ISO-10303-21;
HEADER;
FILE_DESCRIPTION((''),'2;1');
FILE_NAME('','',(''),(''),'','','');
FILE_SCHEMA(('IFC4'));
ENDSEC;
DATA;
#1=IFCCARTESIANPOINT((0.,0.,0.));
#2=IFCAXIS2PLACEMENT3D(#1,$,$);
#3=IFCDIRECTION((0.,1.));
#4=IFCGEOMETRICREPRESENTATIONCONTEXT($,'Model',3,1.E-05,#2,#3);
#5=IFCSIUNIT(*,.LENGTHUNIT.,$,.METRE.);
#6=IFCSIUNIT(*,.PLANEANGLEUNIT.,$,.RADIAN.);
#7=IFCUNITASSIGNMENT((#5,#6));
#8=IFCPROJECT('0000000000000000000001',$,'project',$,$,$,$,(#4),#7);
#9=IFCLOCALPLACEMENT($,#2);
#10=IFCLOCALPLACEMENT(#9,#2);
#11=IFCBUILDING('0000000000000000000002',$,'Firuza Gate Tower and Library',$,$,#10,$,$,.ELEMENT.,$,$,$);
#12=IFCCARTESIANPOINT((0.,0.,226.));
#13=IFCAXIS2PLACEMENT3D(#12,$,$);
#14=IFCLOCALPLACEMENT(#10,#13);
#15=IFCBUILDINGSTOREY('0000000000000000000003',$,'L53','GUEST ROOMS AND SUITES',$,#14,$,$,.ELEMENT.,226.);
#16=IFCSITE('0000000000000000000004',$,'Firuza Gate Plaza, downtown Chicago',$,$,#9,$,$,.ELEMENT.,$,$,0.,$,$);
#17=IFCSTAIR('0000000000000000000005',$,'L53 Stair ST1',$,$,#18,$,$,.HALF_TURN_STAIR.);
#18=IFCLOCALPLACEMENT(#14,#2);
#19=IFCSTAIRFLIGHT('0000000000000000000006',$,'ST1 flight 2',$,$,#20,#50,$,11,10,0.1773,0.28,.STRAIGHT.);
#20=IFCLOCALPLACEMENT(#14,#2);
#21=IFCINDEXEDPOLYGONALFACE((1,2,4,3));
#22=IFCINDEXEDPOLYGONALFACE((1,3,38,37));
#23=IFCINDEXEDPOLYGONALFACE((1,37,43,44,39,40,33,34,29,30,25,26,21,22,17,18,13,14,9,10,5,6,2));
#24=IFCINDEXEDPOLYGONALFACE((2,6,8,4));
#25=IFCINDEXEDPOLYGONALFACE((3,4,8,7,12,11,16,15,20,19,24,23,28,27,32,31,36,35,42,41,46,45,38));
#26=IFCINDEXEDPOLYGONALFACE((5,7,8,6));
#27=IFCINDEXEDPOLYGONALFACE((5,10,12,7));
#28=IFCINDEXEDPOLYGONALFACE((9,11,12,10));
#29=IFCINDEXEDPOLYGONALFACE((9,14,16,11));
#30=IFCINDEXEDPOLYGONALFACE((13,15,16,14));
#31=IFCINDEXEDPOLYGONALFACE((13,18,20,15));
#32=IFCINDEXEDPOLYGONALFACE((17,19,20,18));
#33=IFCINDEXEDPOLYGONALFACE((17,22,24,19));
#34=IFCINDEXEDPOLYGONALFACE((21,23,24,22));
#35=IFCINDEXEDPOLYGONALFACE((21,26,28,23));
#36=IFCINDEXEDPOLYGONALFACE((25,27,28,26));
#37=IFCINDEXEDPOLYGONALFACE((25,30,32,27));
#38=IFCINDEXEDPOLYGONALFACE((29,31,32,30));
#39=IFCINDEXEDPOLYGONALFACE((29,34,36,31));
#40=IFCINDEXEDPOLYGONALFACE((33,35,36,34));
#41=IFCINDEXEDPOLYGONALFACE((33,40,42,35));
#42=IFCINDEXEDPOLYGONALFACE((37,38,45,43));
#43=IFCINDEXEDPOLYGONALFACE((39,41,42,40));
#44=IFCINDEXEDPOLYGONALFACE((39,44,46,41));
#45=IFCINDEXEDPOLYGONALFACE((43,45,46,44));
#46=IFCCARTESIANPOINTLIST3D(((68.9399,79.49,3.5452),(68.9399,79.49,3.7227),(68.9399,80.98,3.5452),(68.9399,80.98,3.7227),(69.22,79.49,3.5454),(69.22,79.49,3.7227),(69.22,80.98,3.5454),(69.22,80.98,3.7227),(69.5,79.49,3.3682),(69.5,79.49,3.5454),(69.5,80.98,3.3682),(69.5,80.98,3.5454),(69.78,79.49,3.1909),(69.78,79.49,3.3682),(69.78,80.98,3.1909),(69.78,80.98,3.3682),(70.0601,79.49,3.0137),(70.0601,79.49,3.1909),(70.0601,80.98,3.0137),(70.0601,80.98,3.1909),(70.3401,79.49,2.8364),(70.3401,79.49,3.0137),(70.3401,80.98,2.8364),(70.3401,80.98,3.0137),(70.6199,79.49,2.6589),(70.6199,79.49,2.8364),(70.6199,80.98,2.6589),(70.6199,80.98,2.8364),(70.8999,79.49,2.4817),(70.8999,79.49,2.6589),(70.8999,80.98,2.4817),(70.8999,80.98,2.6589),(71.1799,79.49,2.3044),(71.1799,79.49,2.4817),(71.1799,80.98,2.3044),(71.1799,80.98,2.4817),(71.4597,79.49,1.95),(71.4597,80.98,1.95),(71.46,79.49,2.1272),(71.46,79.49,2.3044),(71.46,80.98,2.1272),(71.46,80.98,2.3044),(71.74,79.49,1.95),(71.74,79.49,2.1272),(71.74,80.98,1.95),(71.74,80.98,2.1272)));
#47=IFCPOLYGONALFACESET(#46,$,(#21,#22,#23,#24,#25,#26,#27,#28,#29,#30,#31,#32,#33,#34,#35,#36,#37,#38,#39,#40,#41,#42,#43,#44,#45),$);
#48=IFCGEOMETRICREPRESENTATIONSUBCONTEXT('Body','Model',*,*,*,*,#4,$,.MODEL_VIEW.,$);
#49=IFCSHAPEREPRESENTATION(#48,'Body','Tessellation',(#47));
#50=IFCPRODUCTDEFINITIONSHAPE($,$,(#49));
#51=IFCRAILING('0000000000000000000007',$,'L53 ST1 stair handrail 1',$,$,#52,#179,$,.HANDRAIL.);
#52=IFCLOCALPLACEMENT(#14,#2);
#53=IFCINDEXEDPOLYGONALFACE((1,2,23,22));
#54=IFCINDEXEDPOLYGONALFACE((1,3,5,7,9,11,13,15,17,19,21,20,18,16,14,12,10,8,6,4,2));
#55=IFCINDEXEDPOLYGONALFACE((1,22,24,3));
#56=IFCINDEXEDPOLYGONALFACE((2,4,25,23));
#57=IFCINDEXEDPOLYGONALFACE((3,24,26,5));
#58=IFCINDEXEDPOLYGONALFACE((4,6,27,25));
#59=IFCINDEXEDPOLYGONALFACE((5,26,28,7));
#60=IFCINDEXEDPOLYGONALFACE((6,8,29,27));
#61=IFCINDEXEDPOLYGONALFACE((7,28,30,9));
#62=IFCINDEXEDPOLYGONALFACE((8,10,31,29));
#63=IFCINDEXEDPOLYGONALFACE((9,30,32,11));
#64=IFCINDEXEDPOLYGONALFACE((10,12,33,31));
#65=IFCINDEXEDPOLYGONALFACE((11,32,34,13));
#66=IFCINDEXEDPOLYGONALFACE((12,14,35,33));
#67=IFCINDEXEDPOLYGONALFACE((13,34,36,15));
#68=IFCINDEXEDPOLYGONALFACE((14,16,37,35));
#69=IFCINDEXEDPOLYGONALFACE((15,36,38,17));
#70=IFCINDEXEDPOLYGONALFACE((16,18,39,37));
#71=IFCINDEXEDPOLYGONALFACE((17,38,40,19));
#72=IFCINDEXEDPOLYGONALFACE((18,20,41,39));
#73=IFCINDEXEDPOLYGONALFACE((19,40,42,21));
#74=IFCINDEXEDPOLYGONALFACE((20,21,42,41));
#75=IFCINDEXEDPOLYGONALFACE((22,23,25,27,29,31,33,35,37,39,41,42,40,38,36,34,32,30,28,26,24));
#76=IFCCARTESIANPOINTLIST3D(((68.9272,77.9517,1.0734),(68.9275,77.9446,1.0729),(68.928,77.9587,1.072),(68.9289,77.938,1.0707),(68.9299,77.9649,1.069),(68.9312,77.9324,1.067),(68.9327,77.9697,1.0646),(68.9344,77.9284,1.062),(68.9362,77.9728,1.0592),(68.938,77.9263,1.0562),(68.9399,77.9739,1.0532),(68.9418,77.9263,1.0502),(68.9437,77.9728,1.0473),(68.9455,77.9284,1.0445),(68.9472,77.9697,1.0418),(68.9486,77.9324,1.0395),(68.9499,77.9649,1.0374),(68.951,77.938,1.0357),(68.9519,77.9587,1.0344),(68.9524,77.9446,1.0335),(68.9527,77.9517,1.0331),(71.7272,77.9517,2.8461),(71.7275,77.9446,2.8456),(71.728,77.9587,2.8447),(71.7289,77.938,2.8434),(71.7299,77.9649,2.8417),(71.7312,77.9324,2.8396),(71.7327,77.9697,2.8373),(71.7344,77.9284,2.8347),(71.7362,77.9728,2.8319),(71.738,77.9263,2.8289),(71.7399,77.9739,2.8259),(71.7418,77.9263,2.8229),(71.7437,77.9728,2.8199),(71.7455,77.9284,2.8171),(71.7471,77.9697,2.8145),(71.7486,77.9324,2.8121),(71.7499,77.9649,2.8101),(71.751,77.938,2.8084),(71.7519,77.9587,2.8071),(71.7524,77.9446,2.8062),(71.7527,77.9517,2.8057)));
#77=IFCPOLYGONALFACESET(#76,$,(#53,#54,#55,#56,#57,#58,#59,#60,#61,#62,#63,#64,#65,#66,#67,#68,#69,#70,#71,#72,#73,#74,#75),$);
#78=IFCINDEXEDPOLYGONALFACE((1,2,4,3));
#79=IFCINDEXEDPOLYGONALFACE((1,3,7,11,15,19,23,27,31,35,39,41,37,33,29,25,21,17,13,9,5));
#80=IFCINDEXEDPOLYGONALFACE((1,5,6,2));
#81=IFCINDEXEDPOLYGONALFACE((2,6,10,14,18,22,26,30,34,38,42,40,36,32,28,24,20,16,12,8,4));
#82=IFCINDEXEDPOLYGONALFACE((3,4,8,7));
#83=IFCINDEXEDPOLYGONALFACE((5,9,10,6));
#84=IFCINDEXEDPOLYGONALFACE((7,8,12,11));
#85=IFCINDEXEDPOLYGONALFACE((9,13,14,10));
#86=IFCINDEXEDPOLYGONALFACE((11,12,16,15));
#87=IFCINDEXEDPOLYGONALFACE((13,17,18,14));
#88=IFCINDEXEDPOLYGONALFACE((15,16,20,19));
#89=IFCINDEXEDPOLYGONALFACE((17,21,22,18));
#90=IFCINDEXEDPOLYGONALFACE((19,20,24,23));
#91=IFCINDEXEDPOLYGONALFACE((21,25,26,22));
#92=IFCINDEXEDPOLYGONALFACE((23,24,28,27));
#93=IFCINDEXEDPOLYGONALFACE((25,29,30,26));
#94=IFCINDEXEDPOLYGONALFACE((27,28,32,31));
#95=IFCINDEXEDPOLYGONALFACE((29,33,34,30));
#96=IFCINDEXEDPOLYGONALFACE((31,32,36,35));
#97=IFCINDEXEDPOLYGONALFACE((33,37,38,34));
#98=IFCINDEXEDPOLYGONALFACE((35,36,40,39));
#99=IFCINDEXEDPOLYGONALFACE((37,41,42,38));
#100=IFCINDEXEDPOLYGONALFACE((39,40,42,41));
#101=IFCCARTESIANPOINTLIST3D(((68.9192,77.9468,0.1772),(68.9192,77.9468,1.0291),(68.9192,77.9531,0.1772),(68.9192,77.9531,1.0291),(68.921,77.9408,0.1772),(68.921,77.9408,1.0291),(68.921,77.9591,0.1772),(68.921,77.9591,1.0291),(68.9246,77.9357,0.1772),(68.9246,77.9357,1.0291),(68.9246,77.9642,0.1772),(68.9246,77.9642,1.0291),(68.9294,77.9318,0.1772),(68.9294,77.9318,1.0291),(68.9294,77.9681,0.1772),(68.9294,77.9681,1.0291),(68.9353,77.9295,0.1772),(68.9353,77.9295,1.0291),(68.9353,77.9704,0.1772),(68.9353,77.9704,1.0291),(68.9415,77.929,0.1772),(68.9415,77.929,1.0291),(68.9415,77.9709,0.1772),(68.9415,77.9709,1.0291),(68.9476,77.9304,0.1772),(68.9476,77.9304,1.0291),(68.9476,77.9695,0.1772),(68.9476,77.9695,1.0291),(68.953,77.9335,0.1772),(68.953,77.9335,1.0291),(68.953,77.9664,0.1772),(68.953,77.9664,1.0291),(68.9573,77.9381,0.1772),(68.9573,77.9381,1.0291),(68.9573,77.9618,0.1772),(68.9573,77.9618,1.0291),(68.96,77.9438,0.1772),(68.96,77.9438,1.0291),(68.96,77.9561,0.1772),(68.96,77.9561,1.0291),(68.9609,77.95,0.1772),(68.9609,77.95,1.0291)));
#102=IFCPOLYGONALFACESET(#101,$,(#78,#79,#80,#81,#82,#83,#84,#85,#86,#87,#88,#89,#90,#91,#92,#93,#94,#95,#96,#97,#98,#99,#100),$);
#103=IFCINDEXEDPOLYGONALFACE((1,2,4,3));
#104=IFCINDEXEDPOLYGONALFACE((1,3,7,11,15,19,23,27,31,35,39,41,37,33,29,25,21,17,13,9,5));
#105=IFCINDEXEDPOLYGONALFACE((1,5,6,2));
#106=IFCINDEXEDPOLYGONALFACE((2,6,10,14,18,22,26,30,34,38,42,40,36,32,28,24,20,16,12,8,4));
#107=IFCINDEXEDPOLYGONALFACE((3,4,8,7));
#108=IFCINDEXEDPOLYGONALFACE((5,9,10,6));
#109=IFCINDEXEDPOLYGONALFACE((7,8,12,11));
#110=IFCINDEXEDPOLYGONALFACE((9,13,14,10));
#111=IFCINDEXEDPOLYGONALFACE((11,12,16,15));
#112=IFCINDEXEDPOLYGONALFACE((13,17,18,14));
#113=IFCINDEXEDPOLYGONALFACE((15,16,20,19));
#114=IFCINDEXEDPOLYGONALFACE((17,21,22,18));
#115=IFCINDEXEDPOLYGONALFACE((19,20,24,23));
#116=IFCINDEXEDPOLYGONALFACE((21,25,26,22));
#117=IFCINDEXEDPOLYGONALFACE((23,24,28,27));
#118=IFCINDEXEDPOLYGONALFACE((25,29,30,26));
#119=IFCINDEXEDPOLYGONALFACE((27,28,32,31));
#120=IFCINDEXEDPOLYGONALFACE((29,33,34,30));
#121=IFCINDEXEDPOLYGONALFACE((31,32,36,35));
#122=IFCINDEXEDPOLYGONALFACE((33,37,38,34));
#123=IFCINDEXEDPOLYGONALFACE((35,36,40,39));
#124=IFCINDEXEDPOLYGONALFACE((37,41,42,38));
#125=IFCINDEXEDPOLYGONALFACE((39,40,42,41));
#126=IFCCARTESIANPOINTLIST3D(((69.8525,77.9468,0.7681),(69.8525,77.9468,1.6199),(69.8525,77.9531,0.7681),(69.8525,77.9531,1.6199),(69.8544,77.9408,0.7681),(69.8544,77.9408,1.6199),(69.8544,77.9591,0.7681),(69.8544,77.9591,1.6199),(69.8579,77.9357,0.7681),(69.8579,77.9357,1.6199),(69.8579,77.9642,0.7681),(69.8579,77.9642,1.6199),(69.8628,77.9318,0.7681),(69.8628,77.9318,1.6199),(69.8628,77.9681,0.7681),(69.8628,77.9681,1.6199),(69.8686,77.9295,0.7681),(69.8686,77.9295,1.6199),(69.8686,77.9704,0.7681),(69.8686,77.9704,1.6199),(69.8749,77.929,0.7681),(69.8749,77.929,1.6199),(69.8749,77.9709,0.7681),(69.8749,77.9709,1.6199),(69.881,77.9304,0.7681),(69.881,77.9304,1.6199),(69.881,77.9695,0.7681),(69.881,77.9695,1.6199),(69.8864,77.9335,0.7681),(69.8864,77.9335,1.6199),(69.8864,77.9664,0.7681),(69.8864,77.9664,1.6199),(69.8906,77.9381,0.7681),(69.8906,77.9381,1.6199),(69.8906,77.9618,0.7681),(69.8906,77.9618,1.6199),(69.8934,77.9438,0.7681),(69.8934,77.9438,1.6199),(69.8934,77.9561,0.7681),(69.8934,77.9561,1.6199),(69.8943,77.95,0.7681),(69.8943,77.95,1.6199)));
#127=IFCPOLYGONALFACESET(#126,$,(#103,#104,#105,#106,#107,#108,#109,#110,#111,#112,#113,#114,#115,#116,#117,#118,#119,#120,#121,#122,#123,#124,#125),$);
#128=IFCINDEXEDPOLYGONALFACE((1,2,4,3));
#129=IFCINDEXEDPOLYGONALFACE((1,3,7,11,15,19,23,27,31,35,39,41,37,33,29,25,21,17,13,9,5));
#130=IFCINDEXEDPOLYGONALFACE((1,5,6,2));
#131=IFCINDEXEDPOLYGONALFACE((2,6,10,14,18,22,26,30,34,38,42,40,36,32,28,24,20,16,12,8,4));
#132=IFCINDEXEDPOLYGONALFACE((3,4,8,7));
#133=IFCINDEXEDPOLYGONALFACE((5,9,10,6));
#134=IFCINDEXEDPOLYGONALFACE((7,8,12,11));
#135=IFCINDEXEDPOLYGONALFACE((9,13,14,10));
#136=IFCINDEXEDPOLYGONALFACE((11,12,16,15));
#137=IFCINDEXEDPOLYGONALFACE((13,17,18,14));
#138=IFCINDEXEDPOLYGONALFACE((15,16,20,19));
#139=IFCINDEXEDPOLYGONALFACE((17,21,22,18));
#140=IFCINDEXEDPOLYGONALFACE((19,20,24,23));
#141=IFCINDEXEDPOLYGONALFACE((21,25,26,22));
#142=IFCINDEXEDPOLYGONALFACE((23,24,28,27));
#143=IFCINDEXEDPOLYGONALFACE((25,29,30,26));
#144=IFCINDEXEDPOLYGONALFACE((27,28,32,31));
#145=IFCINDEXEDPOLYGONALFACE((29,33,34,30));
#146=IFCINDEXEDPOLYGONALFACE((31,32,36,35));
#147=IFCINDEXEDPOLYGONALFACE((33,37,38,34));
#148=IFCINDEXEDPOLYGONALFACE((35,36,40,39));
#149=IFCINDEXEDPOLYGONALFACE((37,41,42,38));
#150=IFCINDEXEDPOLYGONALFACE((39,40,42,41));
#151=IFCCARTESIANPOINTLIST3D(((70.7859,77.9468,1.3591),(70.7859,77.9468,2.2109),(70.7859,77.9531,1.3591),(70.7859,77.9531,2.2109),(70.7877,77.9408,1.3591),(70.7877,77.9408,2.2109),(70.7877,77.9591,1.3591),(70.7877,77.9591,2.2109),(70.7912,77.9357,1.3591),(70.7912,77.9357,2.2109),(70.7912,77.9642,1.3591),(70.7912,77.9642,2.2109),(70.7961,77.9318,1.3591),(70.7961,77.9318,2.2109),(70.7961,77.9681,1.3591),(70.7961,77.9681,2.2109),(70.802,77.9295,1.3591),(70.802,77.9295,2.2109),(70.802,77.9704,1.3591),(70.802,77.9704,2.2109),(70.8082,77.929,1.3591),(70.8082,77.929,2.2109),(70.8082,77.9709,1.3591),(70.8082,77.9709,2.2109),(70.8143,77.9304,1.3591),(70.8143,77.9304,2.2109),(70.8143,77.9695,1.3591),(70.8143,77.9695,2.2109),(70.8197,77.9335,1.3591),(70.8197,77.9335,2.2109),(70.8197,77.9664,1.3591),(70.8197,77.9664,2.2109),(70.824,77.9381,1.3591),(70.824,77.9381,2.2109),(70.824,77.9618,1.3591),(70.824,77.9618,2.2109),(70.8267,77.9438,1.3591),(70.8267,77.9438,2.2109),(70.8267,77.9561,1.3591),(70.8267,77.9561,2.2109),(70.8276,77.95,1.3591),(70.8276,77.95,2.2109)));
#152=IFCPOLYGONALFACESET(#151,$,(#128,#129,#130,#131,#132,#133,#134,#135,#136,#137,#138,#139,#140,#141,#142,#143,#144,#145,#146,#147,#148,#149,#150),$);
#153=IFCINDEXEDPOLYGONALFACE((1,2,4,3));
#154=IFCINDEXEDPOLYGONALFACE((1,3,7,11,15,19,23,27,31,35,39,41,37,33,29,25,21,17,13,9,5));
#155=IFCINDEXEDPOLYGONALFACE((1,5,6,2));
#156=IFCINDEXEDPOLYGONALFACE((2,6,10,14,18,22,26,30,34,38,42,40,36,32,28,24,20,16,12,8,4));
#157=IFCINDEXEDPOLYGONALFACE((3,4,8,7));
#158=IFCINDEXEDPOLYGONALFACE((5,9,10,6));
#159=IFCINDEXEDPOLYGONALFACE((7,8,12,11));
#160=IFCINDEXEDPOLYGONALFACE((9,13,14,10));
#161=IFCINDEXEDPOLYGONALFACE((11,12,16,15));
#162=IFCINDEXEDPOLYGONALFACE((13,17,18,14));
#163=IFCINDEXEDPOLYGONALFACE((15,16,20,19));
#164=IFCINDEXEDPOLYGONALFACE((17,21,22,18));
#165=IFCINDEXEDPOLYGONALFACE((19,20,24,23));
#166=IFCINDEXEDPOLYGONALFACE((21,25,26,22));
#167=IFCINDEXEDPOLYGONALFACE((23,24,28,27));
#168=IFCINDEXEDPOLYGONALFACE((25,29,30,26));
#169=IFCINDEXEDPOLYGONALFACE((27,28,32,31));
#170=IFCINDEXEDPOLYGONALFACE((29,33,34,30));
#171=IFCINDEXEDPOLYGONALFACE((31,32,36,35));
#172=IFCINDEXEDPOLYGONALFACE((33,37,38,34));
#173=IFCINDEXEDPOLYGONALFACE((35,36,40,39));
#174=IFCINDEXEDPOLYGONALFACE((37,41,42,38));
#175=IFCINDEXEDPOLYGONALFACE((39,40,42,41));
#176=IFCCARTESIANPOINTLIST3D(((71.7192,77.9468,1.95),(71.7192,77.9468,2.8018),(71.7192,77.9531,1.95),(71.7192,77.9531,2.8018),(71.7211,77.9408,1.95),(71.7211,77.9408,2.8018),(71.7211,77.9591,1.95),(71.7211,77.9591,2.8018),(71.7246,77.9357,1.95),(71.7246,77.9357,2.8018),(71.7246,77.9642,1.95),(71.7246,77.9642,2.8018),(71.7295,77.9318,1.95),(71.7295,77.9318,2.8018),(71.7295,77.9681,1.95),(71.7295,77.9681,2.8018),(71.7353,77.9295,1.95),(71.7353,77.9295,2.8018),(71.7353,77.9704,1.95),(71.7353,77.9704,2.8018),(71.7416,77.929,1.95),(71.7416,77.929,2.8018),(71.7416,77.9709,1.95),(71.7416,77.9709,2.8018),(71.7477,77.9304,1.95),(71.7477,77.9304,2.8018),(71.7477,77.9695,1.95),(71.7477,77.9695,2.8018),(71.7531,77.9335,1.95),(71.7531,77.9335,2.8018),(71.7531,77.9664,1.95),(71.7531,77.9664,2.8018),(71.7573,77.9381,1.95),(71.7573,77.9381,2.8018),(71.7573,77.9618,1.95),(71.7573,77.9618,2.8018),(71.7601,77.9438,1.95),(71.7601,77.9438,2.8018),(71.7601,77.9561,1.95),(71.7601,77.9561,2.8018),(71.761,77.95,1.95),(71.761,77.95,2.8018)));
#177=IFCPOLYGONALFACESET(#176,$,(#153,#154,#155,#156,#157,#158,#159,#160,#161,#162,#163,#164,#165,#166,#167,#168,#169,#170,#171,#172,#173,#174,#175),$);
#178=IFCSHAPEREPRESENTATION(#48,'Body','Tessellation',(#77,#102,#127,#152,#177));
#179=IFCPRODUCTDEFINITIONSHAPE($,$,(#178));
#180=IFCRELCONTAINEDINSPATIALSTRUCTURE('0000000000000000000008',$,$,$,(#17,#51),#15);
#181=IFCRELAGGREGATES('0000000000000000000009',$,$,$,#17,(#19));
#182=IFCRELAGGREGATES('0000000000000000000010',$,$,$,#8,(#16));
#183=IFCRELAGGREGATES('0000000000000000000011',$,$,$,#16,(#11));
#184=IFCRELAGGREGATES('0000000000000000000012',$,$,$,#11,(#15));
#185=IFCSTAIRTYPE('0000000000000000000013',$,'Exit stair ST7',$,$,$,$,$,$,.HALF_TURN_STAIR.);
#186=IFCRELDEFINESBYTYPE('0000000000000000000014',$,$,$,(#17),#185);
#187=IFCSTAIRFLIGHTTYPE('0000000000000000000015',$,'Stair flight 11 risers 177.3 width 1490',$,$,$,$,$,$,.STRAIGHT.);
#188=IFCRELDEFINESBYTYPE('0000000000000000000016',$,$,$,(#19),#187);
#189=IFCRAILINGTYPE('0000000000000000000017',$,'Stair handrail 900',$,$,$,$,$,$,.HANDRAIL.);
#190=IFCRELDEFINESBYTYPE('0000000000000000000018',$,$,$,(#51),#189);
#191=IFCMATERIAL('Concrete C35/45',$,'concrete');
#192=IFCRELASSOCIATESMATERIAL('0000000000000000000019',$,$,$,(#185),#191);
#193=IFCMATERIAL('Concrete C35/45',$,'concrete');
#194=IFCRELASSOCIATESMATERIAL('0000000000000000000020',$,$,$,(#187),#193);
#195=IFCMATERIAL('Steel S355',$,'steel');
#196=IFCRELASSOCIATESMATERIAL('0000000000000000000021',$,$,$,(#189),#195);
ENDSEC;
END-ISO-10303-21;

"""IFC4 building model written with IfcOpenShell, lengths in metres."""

from ifc_helpers import new_model, si_unit, direction, frame, origin, origin_2d, place, context, subcontext, project, spatial, polyline, circle, outline, extrude, material, type_object, element, aggregate, save


model = new_model("IFC4")

# Units and contexts
model_context = context("Model", 3, precision=1e-05, world=origin(), true_north=direction((0.0, 1.0)))
body_context = subcontext(model_context, "Body", "Model", "MODEL_VIEW")
ifc_project = project(units=[si_unit("LENGTHUNIT", "METRE"), si_unit("PLANEANGLEUNIT", "RADIAN")], contexts=[model_context])

# Site, building, storey
site_placement = place(None, origin())
site = spatial("IfcSite", under=ifc_project, at=site_placement, Name="Firuza Gate Plaza, downtown Chicago", CompositionType="ELEMENT", RefElevation=0.0)
building_placement = place(site_placement, origin())
building = spatial("IfcBuilding", under=site, at=building_placement, Name="Firuza Gate Tower and Library", CompositionType="ELEMENT")
storey_placement = place(building_placement, frame((0.0, 0.0, 226.0)))
storey = spatial("IfcBuildingStorey", under=building, at=storey_placement, Name="L53", Description="GUEST ROOMS AND SUITES", CompositionType="ELEMENT", Elevation=226.0)

# Stair, stair flight
ifc_material_1 = material(Name="Concrete C35/45", Category="concrete")
stair_type = type_object("IfcStairType", Name="Exit stair ST7", PredefinedType="HALF_TURN_STAIR", material=ifc_material_1)
stair_placement = place(storey_placement, origin())
stair = element("IfcStair", 1, at=stair_placement, inside=storey, type_object=stair_type, Name="L53 Stair ST1", PredefinedType="HALF_TURN_STAIR")
ifc_material_2 = material(Name="Concrete C35/45", Category="concrete")
stair_flight_type = type_object("IfcStairFlightType", Name="Stair flight 11 risers 177.3 width 1490", PredefinedType="STRAIGHT", material=ifc_material_2)
stair_flight_1_placement = place(storey_placement, frame((71.74, 80.2351, 1.95), z_axis=(0.0, 0.0, 1.0), x_axis=(-1.0, 0.0, 0.0)))
stair_flight_1 = element("IfcStairFlight", 2, at=stair_flight_1_placement, type_object=stair_flight_type, Name="ST1 flight 2", NumberOfRisers=11, NumberOfTreads=10, PredefinedType="STRAIGHT", RiserHeight=0.1773, TreadLength=0.28, context=body_context, shape_type="SweptSolid", body=[
    extrude(outline(polyline([(0.0, 0.0), (0.0, 0.1772), (0.28, 0.1772), (0.28, 0.3545), (0.5601, 0.3545), (0.5601, 0.5317), (0.8401, 0.5317), (0.8401, 0.709), (1.1201, 0.709), (1.1201, 0.8865), (1.3999, 0.8865), (1.3999, 1.0637), (1.6799, 1.0637), (1.6799, 1.241), (1.96, 1.241), (1.96, 1.4182), (2.24, 1.4182), (2.24, 1.5955), (2.52, 1.5955), (2.52, 1.7727), (2.8, 1.7727), (2.8, 1.95), (2.8, 1.5952), (0.2803, 0.0), (0.0, 0.0)])), frame((0.0, 0.7451, 0.0), z_axis=(0.0, -1.0, 0.0), x_axis=(1.0, 0.0, 0.0)), (0.0, 0.0, 1.0), 1.49),
])
aggregate(stair, [stair_flight_1])

# Railing
ifc_material_3 = material(Name="Steel S355", Category="steel")
railing_type_1 = type_object("IfcRailingType", Name="Stair handrail 900", PredefinedType="HANDRAIL", material=ifc_material_3)
railing_1_placement = place(storey_placement, frame((68.9399, 77.95, 0.1772)))
element("IfcRailing", 3, at=railing_1_placement, inside=storey, type_object=railing_type_1, Name="L53 ST1 stair handrail 1", PredefinedType="HANDRAIL", context=body_context, shape_type="SweptSolid", body=[
    extrude(circle(Radius=0.0239, at=origin_2d()), frame((0.0, 0.0, 0.876), z_axis=(0.844909, 0.0, 0.53491), x_axis=(0.0, 1.0, 0.0)), (0.0, 0.0, 1.0), 3.314),
    extrude(circle(Radius=0.021, at=origin_2d()), origin(), (0.0, 0.0, 1.0), 0.8518),
    extrude(circle(Radius=0.021, at=origin_2d()), frame((0.9333, 0.0, 0.5908)), (0.0, 0.0, 1.0), 0.8518),
    extrude(circle(Radius=0.021, at=origin_2d()), frame((1.8667, 0.0, 1.1819)), (0.0, 0.0, 1.0), 0.8518),
    extrude(circle(Radius=0.021, at=origin_2d()), frame((2.8, 0.0, 1.7727)), (0.0, 0.0, 1.0), 0.8518),
])

save(model, "model.ifc")
